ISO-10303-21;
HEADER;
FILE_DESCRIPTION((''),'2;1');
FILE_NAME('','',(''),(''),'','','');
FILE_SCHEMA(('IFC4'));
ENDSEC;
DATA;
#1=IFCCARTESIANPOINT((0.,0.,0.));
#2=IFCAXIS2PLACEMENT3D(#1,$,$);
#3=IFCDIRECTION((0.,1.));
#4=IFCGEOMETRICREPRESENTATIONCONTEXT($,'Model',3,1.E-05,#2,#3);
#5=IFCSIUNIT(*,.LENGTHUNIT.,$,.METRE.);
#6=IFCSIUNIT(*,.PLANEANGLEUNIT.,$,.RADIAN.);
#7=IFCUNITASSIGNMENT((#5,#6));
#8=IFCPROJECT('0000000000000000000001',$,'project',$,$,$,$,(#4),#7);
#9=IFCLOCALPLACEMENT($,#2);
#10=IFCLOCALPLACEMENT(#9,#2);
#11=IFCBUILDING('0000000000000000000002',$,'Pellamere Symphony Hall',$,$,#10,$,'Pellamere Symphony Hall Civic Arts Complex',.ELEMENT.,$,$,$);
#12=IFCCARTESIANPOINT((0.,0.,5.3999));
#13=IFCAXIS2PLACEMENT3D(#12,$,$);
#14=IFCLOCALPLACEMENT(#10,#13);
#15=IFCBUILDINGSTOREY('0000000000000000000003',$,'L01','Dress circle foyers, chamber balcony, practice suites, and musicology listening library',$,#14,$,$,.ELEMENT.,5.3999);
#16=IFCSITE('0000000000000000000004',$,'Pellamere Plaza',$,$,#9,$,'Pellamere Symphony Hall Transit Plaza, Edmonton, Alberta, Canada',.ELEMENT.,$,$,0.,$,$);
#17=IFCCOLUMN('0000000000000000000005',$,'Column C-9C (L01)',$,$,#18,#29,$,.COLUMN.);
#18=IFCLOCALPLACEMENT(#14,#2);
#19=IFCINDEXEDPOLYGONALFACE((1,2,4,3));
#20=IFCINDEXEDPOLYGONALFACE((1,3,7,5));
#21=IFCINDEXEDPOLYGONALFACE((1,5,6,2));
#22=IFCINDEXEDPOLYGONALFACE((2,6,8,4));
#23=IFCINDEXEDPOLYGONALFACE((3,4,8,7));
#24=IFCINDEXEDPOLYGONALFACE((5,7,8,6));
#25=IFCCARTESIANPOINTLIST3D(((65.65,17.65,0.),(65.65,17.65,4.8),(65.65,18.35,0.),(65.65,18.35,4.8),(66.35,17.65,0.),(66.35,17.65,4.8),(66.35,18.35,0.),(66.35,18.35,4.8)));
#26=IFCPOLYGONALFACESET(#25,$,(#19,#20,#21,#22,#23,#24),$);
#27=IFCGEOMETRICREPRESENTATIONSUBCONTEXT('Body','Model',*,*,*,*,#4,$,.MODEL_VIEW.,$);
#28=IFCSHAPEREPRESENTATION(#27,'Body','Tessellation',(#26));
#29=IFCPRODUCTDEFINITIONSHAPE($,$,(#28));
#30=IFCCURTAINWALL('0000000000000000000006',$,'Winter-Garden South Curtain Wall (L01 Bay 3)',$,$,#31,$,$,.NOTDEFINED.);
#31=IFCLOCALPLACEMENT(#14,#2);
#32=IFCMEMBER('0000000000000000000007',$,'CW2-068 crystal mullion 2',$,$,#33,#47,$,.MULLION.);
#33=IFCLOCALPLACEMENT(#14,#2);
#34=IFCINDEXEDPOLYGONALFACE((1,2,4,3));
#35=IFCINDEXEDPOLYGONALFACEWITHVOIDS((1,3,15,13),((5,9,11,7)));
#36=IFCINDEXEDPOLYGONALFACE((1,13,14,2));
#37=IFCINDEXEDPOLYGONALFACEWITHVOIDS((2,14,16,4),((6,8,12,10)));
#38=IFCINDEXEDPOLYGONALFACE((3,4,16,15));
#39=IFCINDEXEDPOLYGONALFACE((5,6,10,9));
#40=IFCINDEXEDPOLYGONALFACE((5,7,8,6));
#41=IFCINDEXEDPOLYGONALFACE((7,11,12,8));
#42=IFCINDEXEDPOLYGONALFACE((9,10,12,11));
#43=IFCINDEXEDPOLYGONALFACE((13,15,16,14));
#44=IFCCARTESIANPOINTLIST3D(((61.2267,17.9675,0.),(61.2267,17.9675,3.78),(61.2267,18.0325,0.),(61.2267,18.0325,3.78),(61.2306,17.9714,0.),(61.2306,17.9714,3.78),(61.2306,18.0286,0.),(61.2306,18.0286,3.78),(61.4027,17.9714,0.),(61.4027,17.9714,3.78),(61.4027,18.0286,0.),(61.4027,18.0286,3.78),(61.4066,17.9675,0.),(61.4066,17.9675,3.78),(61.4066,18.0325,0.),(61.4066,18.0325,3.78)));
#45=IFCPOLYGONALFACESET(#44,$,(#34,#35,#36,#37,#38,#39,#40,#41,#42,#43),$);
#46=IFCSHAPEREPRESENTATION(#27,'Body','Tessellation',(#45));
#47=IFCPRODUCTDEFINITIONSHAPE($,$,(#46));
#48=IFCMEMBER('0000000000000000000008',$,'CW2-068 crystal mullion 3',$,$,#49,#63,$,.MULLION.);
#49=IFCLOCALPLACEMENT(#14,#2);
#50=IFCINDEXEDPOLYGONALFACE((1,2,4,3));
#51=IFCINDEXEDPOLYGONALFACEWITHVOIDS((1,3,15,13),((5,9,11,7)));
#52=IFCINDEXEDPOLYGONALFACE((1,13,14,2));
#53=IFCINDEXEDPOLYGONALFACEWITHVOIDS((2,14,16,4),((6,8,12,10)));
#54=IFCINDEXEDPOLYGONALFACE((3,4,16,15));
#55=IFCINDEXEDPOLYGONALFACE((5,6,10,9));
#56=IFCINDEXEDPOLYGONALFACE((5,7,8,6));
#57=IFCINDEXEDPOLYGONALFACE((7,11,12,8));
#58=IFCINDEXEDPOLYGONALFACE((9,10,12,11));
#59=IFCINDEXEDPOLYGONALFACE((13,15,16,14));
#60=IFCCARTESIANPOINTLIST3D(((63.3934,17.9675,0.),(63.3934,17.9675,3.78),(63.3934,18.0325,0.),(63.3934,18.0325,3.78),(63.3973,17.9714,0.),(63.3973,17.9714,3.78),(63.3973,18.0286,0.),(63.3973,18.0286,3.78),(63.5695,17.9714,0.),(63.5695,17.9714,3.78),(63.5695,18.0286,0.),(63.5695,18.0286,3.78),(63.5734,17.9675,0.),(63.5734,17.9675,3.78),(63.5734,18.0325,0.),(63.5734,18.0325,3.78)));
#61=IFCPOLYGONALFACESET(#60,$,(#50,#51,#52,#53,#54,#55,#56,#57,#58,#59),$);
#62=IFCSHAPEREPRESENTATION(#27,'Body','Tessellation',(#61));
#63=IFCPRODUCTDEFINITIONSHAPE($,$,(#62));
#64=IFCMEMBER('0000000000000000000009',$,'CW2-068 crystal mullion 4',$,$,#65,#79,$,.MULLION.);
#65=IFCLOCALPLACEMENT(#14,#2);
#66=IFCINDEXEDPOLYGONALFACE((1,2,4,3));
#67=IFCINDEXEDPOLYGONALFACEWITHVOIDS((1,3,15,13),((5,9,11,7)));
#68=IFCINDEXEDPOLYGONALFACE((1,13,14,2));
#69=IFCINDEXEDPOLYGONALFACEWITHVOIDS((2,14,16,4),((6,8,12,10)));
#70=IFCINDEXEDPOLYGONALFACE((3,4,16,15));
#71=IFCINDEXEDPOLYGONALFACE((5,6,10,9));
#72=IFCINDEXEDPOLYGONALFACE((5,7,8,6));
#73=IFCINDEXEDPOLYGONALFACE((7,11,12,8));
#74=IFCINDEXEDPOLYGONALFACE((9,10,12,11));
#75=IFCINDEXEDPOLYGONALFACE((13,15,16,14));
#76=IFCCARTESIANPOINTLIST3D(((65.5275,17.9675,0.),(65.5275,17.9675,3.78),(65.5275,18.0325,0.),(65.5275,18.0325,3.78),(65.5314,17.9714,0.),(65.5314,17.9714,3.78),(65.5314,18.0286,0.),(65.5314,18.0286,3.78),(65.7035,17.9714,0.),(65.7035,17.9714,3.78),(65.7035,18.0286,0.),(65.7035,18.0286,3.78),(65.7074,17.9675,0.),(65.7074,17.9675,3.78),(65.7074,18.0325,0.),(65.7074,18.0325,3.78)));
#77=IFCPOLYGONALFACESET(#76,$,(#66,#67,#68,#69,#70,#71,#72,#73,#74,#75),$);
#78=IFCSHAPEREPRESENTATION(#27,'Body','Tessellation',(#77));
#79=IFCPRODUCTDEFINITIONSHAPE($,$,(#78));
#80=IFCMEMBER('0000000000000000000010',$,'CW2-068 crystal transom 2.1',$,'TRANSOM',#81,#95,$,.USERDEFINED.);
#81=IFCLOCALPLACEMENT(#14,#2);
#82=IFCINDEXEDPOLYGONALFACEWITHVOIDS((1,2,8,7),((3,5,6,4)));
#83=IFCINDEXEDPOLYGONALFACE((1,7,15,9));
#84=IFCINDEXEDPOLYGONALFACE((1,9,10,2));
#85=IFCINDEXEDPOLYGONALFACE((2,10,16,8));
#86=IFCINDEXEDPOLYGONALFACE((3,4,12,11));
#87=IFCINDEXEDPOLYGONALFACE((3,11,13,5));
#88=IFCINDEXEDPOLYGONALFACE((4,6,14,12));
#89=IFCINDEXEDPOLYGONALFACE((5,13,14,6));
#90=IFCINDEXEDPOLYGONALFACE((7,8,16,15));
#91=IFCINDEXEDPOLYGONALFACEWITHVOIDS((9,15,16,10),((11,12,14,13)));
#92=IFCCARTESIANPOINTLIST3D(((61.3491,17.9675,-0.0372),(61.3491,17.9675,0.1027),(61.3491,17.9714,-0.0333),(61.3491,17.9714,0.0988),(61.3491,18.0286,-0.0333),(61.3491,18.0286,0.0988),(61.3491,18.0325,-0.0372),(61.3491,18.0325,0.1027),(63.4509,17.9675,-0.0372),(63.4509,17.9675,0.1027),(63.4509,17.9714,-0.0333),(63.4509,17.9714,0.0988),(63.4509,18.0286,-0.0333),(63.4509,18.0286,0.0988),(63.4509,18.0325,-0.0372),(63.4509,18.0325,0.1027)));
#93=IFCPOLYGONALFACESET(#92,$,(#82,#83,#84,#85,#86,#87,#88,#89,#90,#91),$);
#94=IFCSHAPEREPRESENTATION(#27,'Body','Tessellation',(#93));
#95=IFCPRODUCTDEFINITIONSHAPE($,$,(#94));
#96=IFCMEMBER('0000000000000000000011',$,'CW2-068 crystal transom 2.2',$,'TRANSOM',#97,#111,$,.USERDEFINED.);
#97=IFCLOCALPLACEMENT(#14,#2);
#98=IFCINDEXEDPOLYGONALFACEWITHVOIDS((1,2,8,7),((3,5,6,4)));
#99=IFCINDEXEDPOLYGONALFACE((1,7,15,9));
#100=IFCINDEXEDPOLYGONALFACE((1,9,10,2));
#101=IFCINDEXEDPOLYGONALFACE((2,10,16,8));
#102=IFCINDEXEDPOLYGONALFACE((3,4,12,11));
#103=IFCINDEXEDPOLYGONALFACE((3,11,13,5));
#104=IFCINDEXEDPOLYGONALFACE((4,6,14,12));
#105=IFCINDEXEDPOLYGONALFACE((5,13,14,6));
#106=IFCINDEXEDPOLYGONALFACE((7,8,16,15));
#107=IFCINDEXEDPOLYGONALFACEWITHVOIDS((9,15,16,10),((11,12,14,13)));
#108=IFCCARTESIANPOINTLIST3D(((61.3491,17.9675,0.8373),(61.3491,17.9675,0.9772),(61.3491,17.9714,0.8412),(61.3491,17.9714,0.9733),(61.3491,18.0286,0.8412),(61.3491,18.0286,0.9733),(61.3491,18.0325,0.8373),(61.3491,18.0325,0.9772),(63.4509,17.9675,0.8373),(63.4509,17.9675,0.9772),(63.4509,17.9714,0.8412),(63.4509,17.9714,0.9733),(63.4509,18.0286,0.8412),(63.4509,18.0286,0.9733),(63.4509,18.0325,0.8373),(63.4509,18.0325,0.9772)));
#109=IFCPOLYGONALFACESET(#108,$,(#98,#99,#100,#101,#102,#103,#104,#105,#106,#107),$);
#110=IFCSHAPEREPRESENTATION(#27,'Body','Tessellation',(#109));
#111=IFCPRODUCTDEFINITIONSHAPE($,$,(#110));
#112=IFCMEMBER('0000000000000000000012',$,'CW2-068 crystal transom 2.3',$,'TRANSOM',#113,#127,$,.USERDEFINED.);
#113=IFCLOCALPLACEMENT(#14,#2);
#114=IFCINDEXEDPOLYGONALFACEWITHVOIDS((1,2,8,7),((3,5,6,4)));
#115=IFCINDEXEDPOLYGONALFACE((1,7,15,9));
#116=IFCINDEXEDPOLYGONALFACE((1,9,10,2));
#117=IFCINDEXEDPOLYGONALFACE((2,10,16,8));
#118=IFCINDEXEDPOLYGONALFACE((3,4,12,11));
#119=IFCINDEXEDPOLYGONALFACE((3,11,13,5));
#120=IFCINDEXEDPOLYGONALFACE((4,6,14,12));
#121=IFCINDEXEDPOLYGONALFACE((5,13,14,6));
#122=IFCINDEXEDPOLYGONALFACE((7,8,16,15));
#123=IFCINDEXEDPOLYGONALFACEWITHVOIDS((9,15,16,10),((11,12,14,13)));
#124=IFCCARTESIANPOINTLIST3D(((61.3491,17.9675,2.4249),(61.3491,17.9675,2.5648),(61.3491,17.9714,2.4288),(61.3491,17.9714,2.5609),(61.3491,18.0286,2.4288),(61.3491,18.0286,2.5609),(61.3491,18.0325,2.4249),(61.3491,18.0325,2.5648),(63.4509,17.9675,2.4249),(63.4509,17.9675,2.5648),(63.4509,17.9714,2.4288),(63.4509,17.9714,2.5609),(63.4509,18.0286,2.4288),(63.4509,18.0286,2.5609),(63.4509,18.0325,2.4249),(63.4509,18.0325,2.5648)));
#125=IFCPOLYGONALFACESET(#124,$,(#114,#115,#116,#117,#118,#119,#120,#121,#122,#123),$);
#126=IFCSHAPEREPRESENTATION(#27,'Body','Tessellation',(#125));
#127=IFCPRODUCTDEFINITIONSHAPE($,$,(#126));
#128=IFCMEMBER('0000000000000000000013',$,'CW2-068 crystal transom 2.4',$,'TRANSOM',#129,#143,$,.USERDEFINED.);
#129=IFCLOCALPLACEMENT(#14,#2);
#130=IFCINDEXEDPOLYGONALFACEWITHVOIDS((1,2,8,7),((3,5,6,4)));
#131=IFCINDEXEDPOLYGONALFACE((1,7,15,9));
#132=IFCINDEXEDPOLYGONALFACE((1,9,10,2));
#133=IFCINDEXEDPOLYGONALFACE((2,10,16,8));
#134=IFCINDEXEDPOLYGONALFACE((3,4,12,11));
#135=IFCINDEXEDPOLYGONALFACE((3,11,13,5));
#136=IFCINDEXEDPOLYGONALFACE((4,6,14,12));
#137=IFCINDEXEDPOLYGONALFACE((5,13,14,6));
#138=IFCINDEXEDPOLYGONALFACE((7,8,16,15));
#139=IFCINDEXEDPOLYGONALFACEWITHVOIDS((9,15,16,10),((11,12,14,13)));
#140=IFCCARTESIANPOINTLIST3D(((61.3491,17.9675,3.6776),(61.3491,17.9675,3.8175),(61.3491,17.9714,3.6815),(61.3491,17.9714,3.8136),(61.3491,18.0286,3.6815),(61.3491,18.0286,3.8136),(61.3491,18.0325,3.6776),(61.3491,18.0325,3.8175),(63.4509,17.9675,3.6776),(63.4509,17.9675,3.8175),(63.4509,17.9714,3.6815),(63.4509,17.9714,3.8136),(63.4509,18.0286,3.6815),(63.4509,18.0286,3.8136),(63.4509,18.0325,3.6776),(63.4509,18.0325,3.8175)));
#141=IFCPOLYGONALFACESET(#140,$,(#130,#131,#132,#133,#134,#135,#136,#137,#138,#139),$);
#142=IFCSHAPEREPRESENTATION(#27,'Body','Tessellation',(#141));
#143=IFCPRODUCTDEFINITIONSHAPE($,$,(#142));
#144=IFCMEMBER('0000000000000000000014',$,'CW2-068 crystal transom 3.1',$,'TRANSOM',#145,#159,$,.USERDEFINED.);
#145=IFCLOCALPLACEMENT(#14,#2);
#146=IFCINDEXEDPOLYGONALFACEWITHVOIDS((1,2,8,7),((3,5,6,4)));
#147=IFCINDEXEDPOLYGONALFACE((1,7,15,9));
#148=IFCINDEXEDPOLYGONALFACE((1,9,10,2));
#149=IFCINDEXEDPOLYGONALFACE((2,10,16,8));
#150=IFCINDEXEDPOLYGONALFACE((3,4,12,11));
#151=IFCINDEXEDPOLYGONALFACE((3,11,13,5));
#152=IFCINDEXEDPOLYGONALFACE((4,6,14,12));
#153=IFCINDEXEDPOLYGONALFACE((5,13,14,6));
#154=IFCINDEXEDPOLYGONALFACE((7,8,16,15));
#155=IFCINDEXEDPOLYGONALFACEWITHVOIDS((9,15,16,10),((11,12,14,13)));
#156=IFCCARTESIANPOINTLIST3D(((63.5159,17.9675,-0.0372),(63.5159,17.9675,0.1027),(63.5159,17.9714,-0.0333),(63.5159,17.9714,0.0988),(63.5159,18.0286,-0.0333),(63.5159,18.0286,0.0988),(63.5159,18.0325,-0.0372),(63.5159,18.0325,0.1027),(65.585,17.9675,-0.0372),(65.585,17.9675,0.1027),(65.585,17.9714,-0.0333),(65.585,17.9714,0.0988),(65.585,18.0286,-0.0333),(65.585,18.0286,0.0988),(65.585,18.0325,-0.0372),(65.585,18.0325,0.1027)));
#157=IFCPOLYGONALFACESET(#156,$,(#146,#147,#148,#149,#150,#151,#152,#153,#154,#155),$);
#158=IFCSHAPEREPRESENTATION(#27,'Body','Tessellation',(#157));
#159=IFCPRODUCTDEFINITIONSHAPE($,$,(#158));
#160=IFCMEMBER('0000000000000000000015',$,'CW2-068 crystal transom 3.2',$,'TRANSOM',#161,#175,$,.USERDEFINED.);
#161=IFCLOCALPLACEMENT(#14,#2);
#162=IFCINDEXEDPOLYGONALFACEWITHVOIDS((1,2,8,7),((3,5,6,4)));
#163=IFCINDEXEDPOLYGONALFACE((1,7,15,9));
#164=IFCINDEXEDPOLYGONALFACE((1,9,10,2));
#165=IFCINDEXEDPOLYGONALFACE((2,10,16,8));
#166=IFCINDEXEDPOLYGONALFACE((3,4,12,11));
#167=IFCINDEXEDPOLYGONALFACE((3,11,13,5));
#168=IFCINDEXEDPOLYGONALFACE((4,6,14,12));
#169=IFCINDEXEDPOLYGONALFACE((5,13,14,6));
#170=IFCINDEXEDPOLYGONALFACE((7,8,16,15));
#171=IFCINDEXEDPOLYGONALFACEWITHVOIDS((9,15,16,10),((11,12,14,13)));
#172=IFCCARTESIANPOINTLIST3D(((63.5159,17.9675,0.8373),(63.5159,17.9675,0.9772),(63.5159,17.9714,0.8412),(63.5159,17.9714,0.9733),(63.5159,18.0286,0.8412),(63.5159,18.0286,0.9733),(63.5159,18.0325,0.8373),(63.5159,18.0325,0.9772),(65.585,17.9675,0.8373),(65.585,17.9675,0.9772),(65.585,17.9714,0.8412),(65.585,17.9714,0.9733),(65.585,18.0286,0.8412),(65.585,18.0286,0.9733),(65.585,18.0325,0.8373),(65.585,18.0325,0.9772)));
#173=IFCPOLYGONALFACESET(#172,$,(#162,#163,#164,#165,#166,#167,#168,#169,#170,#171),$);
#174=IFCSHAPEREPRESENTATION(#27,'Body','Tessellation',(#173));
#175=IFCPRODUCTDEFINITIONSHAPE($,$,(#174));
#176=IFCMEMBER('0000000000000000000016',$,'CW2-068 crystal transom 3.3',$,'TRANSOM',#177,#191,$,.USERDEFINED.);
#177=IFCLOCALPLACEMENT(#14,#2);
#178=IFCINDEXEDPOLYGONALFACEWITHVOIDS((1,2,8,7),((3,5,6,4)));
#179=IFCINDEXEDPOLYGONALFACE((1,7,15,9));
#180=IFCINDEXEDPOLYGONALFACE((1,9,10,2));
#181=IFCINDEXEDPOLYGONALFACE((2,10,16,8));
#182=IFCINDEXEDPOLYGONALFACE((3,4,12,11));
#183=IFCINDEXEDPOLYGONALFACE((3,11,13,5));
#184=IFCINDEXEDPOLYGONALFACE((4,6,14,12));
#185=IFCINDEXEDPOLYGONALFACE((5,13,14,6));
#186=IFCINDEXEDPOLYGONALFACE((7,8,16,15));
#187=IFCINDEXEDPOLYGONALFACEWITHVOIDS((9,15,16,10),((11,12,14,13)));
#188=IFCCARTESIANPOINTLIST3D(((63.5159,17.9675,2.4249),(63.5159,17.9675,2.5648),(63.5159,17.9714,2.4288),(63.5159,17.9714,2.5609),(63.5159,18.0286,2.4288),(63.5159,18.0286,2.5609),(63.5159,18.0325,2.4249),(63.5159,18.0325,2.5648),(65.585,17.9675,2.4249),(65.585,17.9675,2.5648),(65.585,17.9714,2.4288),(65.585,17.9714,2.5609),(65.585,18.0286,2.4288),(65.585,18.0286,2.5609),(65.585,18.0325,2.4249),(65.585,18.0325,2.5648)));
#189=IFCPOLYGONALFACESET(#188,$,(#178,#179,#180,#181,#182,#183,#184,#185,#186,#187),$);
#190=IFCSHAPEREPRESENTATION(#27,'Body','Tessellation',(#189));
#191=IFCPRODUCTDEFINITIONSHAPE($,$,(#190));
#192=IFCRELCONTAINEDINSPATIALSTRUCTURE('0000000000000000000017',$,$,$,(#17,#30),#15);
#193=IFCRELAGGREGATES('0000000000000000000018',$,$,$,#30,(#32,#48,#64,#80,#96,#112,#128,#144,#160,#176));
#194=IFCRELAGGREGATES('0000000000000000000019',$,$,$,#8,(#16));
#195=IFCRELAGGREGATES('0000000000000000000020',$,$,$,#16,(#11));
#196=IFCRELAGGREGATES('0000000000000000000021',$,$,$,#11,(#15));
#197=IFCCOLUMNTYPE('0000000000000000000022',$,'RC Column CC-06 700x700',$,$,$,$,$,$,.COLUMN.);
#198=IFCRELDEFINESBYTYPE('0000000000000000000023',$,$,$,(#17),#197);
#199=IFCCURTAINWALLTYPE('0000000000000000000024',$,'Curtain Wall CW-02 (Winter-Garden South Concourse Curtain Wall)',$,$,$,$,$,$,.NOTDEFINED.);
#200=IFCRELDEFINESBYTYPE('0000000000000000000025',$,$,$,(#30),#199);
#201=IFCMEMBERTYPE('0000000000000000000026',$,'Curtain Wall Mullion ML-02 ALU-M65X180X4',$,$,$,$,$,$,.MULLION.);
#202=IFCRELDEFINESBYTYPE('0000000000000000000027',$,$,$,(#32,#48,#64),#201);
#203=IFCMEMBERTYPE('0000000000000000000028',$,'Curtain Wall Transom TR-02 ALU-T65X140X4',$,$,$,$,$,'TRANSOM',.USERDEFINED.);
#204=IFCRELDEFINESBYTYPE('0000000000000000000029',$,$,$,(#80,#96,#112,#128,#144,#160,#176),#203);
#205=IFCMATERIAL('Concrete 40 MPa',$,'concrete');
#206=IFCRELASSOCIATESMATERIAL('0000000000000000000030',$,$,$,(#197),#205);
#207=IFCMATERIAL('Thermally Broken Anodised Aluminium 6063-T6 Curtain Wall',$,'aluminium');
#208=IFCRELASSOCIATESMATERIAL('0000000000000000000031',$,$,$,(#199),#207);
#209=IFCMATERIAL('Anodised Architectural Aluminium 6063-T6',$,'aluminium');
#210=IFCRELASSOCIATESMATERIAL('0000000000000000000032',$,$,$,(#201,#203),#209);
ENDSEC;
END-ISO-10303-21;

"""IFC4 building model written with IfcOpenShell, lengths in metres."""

from ifc_helpers import new_model, si_unit, direction, frame, origin, origin_2d, place, context, subcontext, project, spatial, rectangle, hollow_rectangle, extrude, material, material_profile, profile_set, type_object, element, aggregate, save


model = new_model("IFC4")

# Units and contexts
model_context = context("Model", 3, precision=1e-05, world=origin(), true_north=direction((0.0, 1.0)))
body_context = subcontext(model_context, "Body", "Model", "MODEL_VIEW")
ifc_project = project(units=[si_unit("LENGTHUNIT", "METRE"), si_unit("PLANEANGLEUNIT", "RADIAN")], contexts=[model_context])

# Site, building, storey
site_placement = place(None, origin())
site = spatial("IfcSite", under=ifc_project, at=site_placement, Name="Pellamere Plaza", LongName="Pellamere Symphony Hall Transit Plaza, Edmonton, Alberta, Canada", CompositionType="ELEMENT", RefElevation=0.0)
building_placement = place(site_placement, origin())
building = spatial("IfcBuilding", under=site, at=building_placement, Name="Pellamere Symphony Hall", LongName="Pellamere Symphony Hall Civic Arts Complex", CompositionType="ELEMENT")
storey_placement = place(building_placement, frame((0.0, 0.0, 5.3999)))
storey = spatial("IfcBuildingStorey", under=building, at=storey_placement, Name="L01", Description="Dress circle foyers, chamber balcony, practice suites, and musicology listening library", CompositionType="ELEMENT", Elevation=5.3999)

# Column
ifc_material_1 = material(Name="Concrete 40 MPa", Category="concrete")
ifc_material_profile_1 = material_profile(ifc_material_1, rectangle(XDim=0.7, YDim=0.7, at=origin_2d()), Name="RC 700x700")
ifc_profile_set_1 = profile_set([ifc_material_profile_1], Name="Concrete 40 MPa")
column_type = type_object("IfcColumnType", Name="RC Column CC-06 700x700", PredefinedType="COLUMN", material=ifc_profile_set_1)
column_placement = place(storey_placement, frame((66.0, 18.0, 0.0), z_axis=(0.0, 0.0, 1.0), x_axis=(1.0, 0.0, 0.0)))
element("IfcColumn", 1, at=column_placement, inside=storey, type_object=column_type, Name="Column C-9C (L01)", PredefinedType="COLUMN", context=body_context, shape_type="SweptSolid", body=[
    extrude(rectangle(XDim=0.7, YDim=0.7, at=origin_2d()), origin(), (0.0, 0.0, 1.0), 4.8),
])

# Curtain wall, members
ifc_material_2 = material(Name="Thermally Broken Anodised Aluminium 6063-T6 Curtain Wall", Category="aluminium")
curtain_wall_type = type_object("IfcCurtainWallType", Name="Curtain Wall CW-02 (Winter-Garden South Concourse Curtain Wall)", PredefinedType="NOTDEFINED", material=ifc_material_2)
curtain_wall_placement = place(storey_placement, origin())
curtain_wall = element("IfcCurtainWall", 2, at=curtain_wall_placement, inside=storey, type_object=curtain_wall_type, Name="Winter-Garden South Curtain Wall (L01 Bay 3)", PredefinedType="NOTDEFINED")
ifc_material_3 = material(Name="Anodised Architectural Aluminium 6063-T6", Category="aluminium")
ifc_material_profile_2 = material_profile(ifc_material_3, hollow_rectangle(XDim=0.0649, YDim=0.1799, WallThickness=0.0039, at=origin_2d()), Name="ALU-M65X180X4")
ifc_profile_set_2 = profile_set([ifc_material_profile_2], Name="Anodised Architectural Aluminium 6063-T6")
member_type_1 = type_object("IfcMemberType", Name="Curtain Wall Mullion ML-02 ALU-M65X180X4", PredefinedType="MULLION", material=ifc_profile_set_2)
member_1_placement = place(storey_placement, frame((61.3167, 18.0, 0.0), z_axis=(0.0, 0.0, 1.0), x_axis=(0.0, 1.0, 0.0)))
member_1 = element("IfcMember", 3, at=member_1_placement, type_object=member_type_1, Name="CW2-068 crystal mullion 2", PredefinedType="MULLION", context=body_context, shape_type="SweptSolid", body=[
    extrude(hollow_rectangle(XDim=0.0649, YDim=0.1799, WallThickness=0.0039, at=origin_2d()), origin(), (0.0, 0.0, 1.0), 3.78),
])
member_2_placement = place(storey_placement, frame((63.4834, 18.0, 0.0), z_axis=(0.0, 0.0, 1.0), x_axis=(0.0, 1.0, 0.0)))
member_2 = element("IfcMember", 4, at=member_2_placement, type_object=member_type_1, Name="CW2-068 crystal mullion 3", PredefinedType="MULLION", context=body_context, shape_type="SweptSolid", body=[
    extrude(hollow_rectangle(XDim=0.0649, YDim=0.1799, WallThickness=0.0039, at=origin_2d()), origin(), (0.0, 0.0, 1.0), 3.78),
])
member_3_placement = place(storey_placement, frame((65.6174, 18.0, 0.0), z_axis=(0.0, 0.0, 1.0), x_axis=(0.0, 1.0, 0.0)))
member_3 = element("IfcMember", 5, at=member_3_placement, type_object=member_type_1, Name="CW2-068 crystal mullion 4", PredefinedType="MULLION", context=body_context, shape_type="SweptSolid", body=[
    extrude(hollow_rectangle(XDim=0.0649, YDim=0.1799, WallThickness=0.0039, at=origin_2d()), origin(), (0.0, 0.0, 1.0), 3.78),
])
ifc_material_profile_3 = material_profile(ifc_material_3, hollow_rectangle(XDim=0.0649, YDim=0.1399, WallThickness=0.0039, at=origin_2d()), Name="ALU-T65X140X4")
ifc_profile_set_3 = profile_set([ifc_material_profile_3], Name="Anodised Architectural Aluminium 6063-T6")
member_type_2 = type_object("IfcMemberType", Name="Curtain Wall Transom TR-02 ALU-T65X140X4", ElementType="TRANSOM", PredefinedType="USERDEFINED", material=ifc_profile_set_3)
member_4_placement = place(storey_placement, frame((61.3491, 18.0, 0.0327), z_axis=(1.0, 0.0, 0.0), x_axis=(0.0, 1.0, 0.0)))
member_4 = element("IfcMember", 6, at=member_4_placement, type_object=member_type_2, Name="CW2-068 crystal transom 2.1", ObjectType="TRANSOM", PredefinedType="USERDEFINED", context=body_context, shape_type="SweptSolid", body=[
    extrude(hollow_rectangle(XDim=0.0649, YDim=0.1399, WallThickness=0.0039, at=origin_2d()), origin(), (0.0, 0.0, 1.0), 2.1018),
])
member_5_placement = place(storey_placement, frame((61.3491, 18.0, 0.9072), z_axis=(1.0, 0.0, 0.0), x_axis=(0.0, 1.0, 0.0)))
member_5 = element("IfcMember", 7, at=member_5_placement, type_object=member_type_2, Name="CW2-068 crystal transom 2.2", ObjectType="TRANSOM", PredefinedType="USERDEFINED", context=body_context, shape_type="SweptSolid", body=[
    extrude(hollow_rectangle(XDim=0.0649, YDim=0.1399, WallThickness=0.0039, at=origin_2d()), origin(), (0.0, 0.0, 1.0), 2.1018),
])
member_6_placement = place(storey_placement, frame((61.3491, 18.0, 2.4949), z_axis=(1.0, 0.0, 0.0), x_axis=(0.0, 1.0, 0.0)))
member_6 = element("IfcMember", 8, at=member_6_placement, type_object=member_type_2, Name="CW2-068 crystal transom 2.3", ObjectType="TRANSOM", PredefinedType="USERDEFINED", context=body_context, shape_type="SweptSolid", body=[
    extrude(hollow_rectangle(XDim=0.0649, YDim=0.1399, WallThickness=0.0039, at=origin_2d()), origin(), (0.0, 0.0, 1.0), 2.1018),
])
member_7_placement = place(storey_placement, frame((61.3491, 18.0, 3.7476), z_axis=(1.0, 0.0, 0.0), x_axis=(0.0, 1.0, 0.0)))
member_7 = element("IfcMember", 9, at=member_7_placement, type_object=member_type_2, Name="CW2-068 crystal transom 2.4", ObjectType="TRANSOM", PredefinedType="USERDEFINED", context=body_context, shape_type="SweptSolid", body=[
    extrude(hollow_rectangle(XDim=0.0649, YDim=0.1399, WallThickness=0.0039, at=origin_2d()), origin(), (0.0, 0.0, 1.0), 2.1018),
])
member_8_placement = place(storey_placement, frame((63.5159, 18.0, 0.0327), z_axis=(1.0, 0.0, 0.0), x_axis=(0.0, 1.0, 0.0)))
member_8 = element("IfcMember", 10, at=member_8_placement, type_object=member_type_2, Name="CW2-068 crystal transom 3.1", ObjectType="TRANSOM", PredefinedType="USERDEFINED", context=body_context, shape_type="SweptSolid", body=[
    extrude(hollow_rectangle(XDim=0.0649, YDim=0.1399, WallThickness=0.0039, at=origin_2d()), origin(), (0.0, 0.0, 1.0), 2.0691),
])
member_9_placement = place(storey_placement, frame((63.5159, 18.0, 0.9072), z_axis=(1.0, 0.0, 0.0), x_axis=(0.0, 1.0, 0.0)))
member_9 = element("IfcMember", 11, at=member_9_placement, type_object=member_type_2, Name="CW2-068 crystal transom 3.2", ObjectType="TRANSOM", PredefinedType="USERDEFINED", context=body_context, shape_type="SweptSolid", body=[
    extrude(hollow_rectangle(XDim=0.0649, YDim=0.1399, WallThickness=0.0039, at=origin_2d()), origin(), (0.0, 0.0, 1.0), 2.0691),
])
member_10_placement = place(storey_placement, frame((63.5159, 18.0, 2.4949), z_axis=(1.0, 0.0, 0.0), x_axis=(0.0, 1.0, 0.0)))
member_10 = element("IfcMember", 12, at=member_10_placement, type_object=member_type_2, Name="CW2-068 crystal transom 3.3", ObjectType="TRANSOM", PredefinedType="USERDEFINED", context=body_context, shape_type="SweptSolid", body=[
    extrude(hollow_rectangle(XDim=0.0649, YDim=0.1399, WallThickness=0.0039, at=origin_2d()), origin(), (0.0, 0.0, 1.0), 2.0691),
])

aggregate(curtain_wall, [member_1, member_2, member_3, member_4, member_5, member_6, member_7, member_8, member_9, member_10])

save(model, "model.ifc")
